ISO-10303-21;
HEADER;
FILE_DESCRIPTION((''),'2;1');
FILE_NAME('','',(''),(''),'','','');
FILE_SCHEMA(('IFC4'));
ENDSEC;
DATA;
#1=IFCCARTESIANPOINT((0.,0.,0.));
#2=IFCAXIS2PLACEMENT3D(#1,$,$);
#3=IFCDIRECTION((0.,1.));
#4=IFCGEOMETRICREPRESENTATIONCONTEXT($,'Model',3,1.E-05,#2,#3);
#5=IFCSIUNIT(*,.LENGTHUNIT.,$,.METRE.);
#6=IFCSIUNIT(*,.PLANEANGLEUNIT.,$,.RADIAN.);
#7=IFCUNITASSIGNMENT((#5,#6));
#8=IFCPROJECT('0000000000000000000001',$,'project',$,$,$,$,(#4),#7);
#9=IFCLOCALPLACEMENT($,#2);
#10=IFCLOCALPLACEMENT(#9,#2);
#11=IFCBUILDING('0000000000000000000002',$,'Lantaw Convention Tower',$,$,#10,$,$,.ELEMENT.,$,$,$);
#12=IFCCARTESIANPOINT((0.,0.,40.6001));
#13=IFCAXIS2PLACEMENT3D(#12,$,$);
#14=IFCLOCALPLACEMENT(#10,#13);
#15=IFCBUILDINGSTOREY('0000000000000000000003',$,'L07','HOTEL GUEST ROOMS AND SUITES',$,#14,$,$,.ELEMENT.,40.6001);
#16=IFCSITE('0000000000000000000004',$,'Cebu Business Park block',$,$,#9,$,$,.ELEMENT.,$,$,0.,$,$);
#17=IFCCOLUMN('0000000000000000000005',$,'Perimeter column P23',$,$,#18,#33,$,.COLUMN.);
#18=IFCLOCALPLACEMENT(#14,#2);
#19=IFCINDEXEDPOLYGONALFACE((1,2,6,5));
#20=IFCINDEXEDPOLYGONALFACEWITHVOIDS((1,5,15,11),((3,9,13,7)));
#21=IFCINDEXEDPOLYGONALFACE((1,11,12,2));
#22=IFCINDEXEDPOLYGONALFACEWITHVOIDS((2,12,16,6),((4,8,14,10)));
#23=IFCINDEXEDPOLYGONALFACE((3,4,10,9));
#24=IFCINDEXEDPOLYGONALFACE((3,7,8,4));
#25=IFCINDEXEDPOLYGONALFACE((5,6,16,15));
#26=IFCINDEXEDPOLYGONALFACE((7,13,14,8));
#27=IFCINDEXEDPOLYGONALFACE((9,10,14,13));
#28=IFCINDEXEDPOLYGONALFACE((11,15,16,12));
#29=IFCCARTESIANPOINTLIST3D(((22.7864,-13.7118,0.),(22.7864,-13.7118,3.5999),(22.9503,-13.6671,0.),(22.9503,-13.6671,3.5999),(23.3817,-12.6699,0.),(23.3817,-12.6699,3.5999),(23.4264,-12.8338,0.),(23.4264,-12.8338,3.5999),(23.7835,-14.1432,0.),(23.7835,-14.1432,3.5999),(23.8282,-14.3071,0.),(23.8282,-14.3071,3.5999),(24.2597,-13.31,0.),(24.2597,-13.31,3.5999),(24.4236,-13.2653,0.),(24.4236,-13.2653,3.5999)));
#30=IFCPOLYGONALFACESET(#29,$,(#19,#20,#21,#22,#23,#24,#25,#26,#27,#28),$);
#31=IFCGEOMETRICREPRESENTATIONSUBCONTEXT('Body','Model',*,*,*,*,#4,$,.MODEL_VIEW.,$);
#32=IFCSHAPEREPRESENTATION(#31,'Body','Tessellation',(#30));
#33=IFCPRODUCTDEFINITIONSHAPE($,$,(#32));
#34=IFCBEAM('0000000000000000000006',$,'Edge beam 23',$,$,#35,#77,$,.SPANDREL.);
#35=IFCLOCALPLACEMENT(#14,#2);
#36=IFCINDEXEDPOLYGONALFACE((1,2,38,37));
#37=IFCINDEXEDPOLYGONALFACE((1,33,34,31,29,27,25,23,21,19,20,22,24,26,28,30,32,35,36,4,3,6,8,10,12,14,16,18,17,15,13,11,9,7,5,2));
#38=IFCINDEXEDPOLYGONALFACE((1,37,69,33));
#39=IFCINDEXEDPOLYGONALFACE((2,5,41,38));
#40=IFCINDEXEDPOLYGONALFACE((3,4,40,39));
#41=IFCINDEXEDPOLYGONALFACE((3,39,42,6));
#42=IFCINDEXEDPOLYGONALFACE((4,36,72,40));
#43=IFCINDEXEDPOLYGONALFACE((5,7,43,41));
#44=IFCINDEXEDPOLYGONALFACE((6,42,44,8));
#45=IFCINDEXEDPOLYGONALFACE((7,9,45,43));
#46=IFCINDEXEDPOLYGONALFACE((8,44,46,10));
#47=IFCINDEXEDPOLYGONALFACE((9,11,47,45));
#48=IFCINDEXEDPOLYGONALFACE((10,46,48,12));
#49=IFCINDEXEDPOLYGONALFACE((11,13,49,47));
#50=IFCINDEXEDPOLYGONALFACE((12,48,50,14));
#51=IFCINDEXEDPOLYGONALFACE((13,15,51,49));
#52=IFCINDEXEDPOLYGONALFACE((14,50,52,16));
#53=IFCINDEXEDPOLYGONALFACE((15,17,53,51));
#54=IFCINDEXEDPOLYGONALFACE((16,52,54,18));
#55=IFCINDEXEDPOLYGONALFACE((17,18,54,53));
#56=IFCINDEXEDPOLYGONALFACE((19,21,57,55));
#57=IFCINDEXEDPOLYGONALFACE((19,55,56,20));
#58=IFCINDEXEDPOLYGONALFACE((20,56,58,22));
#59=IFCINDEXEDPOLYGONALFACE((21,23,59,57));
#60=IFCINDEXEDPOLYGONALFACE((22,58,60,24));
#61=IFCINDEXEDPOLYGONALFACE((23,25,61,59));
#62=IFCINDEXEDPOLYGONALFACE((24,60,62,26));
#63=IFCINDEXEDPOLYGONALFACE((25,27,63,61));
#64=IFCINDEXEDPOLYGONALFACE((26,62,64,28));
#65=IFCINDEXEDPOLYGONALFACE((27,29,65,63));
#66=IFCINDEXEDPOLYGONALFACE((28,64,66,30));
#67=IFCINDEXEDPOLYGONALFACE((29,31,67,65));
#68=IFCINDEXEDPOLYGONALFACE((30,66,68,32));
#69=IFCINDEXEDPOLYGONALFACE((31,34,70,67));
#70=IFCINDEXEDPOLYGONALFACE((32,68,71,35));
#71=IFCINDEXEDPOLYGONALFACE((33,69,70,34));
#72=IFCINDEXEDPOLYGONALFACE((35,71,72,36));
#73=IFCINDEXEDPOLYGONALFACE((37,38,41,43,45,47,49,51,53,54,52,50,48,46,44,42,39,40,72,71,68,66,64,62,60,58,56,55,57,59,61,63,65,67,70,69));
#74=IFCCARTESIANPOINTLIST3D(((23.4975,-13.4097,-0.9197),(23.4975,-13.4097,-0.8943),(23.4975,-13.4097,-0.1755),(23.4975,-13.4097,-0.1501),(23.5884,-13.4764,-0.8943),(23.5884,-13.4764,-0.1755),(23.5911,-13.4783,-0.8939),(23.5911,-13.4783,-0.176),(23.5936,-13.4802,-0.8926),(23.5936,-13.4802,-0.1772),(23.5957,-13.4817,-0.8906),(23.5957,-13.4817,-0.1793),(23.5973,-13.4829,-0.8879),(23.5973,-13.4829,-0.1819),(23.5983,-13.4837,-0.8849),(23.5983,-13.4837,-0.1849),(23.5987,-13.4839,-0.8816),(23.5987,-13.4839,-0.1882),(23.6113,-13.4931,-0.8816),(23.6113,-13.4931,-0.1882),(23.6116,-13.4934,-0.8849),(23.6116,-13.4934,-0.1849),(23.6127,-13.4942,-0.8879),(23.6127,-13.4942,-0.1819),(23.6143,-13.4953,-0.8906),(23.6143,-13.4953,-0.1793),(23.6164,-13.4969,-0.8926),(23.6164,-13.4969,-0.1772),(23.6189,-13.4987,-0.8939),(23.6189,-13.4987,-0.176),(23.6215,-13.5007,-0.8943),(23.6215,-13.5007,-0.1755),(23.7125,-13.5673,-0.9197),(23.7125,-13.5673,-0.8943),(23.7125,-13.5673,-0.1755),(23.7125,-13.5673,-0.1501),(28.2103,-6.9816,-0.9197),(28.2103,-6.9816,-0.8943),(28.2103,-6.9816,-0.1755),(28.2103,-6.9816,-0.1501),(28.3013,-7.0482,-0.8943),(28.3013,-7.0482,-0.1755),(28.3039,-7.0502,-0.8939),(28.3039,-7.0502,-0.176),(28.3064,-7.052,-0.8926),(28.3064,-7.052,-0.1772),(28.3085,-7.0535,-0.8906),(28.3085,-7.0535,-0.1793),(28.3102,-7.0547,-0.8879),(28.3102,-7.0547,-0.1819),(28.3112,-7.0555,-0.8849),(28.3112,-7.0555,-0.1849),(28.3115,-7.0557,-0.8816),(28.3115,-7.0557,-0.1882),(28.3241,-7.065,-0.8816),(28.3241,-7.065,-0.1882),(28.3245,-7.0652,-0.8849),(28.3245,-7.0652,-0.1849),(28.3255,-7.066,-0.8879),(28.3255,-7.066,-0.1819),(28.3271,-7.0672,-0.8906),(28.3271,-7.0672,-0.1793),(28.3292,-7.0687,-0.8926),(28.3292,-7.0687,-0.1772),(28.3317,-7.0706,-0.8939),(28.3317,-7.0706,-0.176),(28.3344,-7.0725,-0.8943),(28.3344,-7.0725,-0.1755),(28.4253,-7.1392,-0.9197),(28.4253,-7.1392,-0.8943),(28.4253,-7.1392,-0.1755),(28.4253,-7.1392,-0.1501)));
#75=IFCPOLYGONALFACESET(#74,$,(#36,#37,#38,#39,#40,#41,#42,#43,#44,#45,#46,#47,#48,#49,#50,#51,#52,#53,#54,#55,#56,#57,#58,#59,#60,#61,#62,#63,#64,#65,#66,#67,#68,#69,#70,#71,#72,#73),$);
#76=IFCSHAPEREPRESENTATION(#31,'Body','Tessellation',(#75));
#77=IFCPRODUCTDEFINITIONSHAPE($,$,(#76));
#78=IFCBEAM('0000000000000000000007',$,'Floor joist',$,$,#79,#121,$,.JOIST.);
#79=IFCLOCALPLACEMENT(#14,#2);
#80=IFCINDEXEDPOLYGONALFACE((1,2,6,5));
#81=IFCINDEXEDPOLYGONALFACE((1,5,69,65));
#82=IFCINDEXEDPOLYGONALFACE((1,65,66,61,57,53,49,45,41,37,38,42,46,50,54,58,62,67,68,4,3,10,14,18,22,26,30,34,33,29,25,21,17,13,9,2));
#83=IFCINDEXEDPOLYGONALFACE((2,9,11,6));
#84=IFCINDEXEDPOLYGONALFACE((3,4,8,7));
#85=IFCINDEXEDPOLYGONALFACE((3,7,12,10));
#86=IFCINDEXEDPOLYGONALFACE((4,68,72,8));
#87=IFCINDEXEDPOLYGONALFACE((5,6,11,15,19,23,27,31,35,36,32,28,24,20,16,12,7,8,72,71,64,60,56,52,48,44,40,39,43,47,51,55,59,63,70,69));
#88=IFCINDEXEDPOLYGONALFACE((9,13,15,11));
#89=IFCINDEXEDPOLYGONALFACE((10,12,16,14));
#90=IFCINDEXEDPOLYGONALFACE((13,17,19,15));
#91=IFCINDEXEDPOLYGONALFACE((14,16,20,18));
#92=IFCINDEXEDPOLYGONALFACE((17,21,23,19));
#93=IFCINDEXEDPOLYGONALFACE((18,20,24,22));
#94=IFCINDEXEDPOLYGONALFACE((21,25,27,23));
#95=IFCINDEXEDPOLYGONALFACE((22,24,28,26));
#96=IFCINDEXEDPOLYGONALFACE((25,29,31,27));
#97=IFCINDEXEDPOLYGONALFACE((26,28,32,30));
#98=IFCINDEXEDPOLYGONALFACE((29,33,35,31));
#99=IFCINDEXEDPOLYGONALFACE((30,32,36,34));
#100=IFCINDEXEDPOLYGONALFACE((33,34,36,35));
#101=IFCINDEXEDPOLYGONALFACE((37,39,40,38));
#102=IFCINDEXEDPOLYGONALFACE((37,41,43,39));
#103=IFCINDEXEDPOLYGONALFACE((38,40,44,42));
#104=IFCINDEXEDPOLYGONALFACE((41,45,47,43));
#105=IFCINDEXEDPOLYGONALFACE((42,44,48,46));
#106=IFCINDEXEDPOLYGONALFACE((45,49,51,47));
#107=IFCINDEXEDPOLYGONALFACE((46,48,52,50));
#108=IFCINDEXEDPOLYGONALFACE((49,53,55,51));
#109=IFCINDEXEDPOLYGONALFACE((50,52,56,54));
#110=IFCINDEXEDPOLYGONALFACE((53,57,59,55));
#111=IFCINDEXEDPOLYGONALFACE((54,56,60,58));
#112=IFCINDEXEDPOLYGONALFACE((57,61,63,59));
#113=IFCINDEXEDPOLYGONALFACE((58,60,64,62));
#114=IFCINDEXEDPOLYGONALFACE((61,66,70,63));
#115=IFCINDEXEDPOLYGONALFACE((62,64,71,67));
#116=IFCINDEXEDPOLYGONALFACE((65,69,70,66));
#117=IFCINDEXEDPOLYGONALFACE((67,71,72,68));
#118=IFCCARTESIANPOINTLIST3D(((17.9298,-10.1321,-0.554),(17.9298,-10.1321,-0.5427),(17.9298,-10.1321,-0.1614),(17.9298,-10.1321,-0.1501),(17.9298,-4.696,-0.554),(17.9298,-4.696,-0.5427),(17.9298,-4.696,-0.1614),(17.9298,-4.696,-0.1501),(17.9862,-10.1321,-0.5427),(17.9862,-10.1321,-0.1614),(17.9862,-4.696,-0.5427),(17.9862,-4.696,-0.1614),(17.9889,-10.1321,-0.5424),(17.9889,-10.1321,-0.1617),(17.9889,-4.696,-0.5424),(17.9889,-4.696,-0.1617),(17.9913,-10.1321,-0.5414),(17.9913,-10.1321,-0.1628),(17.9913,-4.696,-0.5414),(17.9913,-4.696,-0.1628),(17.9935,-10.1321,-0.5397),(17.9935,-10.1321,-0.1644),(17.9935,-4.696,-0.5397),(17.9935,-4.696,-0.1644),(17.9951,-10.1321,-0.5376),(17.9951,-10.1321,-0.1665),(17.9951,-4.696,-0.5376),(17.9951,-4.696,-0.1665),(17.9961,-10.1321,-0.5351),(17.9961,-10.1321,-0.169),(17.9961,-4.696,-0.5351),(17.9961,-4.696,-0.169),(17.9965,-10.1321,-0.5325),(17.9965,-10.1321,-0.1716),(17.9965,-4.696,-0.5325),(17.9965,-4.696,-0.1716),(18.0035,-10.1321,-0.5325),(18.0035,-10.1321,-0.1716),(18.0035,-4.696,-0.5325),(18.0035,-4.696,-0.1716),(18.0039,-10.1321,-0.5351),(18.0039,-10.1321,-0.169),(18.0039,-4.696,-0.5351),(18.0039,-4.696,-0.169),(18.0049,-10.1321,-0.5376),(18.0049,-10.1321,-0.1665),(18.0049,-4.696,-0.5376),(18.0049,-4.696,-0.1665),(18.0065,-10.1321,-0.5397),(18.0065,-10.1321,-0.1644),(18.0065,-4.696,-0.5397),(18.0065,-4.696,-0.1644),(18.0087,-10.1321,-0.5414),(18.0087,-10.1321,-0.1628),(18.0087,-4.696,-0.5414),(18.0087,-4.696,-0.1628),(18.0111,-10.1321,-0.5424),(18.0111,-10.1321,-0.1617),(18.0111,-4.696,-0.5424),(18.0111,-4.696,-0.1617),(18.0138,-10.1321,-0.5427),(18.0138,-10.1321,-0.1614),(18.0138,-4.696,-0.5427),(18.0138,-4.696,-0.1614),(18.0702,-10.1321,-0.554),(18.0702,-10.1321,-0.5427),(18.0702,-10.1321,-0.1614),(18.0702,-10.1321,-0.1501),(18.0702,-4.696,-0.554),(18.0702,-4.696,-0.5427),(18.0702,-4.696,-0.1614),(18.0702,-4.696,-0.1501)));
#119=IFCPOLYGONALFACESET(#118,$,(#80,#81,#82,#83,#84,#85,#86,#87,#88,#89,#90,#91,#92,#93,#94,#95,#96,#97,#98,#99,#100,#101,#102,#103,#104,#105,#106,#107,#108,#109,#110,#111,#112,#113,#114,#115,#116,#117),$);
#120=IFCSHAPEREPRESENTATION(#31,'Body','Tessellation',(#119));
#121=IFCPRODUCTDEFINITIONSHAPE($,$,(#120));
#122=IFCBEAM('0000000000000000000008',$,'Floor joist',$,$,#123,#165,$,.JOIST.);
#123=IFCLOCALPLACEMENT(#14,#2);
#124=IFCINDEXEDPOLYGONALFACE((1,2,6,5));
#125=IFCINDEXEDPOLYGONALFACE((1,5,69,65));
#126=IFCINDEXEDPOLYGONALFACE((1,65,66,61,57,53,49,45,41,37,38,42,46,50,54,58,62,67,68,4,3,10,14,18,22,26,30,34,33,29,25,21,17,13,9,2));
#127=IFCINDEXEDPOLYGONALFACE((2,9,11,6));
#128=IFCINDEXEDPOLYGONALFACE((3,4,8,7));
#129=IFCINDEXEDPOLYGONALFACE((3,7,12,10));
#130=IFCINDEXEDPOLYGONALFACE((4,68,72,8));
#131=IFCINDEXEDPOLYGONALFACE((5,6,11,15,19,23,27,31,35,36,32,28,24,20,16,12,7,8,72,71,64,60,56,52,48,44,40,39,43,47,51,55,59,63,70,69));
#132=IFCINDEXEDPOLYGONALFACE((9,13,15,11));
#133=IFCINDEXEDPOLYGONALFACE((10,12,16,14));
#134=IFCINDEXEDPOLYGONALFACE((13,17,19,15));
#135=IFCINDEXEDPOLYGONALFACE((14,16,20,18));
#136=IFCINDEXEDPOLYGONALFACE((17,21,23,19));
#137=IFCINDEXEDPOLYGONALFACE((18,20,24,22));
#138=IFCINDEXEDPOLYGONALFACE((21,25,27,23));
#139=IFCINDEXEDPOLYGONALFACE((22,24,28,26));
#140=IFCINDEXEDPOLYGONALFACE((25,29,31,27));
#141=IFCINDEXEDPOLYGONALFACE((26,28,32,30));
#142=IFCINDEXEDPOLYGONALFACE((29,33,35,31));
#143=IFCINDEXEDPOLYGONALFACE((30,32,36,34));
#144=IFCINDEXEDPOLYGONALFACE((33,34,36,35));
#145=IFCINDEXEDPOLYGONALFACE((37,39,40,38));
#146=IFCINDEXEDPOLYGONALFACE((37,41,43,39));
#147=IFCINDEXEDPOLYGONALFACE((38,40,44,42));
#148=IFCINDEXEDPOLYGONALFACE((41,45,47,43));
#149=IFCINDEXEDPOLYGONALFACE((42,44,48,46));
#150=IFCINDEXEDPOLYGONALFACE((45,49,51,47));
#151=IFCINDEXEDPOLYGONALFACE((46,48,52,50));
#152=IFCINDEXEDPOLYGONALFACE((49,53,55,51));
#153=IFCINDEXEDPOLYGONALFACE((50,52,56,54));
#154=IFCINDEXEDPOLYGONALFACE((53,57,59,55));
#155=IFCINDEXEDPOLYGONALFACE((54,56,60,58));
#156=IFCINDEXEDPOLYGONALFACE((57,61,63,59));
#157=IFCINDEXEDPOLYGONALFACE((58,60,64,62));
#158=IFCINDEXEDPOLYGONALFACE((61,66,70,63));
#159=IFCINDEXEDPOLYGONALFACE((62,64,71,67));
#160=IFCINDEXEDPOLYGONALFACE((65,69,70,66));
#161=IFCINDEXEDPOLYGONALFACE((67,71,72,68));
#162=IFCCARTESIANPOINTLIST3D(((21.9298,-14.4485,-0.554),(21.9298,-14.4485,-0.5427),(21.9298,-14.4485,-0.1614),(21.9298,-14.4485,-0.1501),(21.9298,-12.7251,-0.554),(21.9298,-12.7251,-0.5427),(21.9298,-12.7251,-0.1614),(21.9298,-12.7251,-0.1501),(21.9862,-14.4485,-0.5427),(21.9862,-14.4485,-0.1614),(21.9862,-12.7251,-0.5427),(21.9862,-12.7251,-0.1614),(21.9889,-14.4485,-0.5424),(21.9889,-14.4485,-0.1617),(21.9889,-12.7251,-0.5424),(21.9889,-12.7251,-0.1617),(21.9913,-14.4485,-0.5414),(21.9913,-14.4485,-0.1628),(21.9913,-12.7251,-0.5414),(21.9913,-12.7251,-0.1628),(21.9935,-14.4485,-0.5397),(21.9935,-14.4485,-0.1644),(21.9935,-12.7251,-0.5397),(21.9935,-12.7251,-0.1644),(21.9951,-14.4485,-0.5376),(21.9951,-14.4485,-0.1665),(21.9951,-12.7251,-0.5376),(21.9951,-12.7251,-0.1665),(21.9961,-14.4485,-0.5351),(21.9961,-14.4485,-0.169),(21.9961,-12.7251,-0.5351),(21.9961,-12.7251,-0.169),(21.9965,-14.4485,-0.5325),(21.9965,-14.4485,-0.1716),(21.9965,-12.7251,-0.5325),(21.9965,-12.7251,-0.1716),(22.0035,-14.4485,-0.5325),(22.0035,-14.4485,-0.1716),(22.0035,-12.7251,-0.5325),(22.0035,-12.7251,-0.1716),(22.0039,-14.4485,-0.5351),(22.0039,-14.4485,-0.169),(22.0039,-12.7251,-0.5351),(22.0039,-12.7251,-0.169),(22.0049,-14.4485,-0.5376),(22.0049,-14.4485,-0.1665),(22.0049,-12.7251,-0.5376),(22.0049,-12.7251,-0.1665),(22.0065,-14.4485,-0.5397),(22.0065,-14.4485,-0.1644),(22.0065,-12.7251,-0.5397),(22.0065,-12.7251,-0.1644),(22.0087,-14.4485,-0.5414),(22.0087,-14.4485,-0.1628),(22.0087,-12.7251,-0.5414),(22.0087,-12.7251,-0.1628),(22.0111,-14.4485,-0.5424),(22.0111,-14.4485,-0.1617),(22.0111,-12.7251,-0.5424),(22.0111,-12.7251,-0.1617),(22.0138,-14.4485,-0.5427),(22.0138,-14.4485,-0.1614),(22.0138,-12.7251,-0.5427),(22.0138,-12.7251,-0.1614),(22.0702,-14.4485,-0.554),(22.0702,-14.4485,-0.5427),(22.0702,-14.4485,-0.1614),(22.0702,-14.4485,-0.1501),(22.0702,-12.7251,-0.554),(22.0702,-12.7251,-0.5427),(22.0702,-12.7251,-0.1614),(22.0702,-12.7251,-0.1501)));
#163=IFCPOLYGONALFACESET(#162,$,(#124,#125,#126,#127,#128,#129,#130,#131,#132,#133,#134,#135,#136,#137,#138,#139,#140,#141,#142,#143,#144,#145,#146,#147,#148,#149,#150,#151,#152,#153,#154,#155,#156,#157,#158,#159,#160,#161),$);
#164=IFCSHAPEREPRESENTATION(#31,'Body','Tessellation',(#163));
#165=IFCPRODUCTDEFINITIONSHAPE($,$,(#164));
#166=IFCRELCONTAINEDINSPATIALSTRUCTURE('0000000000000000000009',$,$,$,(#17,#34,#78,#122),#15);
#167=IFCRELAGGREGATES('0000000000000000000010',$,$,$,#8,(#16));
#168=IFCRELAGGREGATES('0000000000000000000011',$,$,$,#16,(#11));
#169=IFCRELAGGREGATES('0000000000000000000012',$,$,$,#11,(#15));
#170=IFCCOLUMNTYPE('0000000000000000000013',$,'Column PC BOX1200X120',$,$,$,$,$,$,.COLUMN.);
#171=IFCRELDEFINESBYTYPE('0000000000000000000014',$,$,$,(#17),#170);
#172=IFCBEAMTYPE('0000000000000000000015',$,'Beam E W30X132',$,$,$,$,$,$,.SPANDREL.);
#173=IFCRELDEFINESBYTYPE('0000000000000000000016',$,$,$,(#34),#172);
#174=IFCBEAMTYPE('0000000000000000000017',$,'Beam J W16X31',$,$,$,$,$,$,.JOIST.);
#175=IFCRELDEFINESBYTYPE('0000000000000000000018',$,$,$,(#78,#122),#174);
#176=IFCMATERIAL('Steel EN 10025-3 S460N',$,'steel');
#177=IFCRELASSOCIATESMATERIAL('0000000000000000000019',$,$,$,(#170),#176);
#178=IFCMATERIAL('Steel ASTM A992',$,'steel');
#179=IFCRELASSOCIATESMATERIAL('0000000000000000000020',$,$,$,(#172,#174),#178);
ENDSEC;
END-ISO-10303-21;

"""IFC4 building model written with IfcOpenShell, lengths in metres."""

from ifc_helpers import new_model, si_unit, direction, frame, origin, origin_2d, place, context, subcontext, project, spatial, rectangle, hollow_rectangle, i_section, extrude, material, material_profile, profile_set, type_object, element, save


model = new_model("IFC4")

# Units and contexts
model_context = context("Model", 3, precision=1e-05, world=origin(), true_north=direction((0.0, 1.0)))
body_context = subcontext(model_context, "Body", "Model", "MODEL_VIEW")
ifc_project = project(units=[si_unit("LENGTHUNIT", "METRE"), si_unit("PLANEANGLEUNIT", "RADIAN")], contexts=[model_context])

# Site, building, storey
site_placement = place(None, origin())
site = spatial("IfcSite", under=ifc_project, at=site_placement, Name="Cebu Business Park block", CompositionType="ELEMENT", RefElevation=0.0)
building_placement = place(site_placement, origin())
building = spatial("IfcBuilding", under=site, at=building_placement, Name="Lantaw Convention Tower", CompositionType="ELEMENT")
storey_placement = place(building_placement, frame((0.0, 0.0, 40.6001)))
storey = spatial("IfcBuildingStorey", under=building, at=storey_placement, Name="L07", Description="HOTEL GUEST ROOMS AND SUITES", CompositionType="ELEMENT", Elevation=40.6001)

# Column
ifc_material_1 = material(Name="Steel EN 10025-3 S460N", Category="steel")
ifc_material_profile_1 = material_profile(ifc_material_1, hollow_rectangle(XDim=1.2, YDim=1.2, WallThickness=0.1201, at=origin_2d()), Name="BOX1200X120")
ifc_material_2 = material(Name="Concrete C60/75", Category="concrete")
ifc_material_profile_2 = material_profile(ifc_material_2, rectangle(XDim=0.96, YDim=0.96, at=origin_2d()), Name="Concrete fill of BOX1200X120")
ifc_profile_set_1 = profile_set([ifc_material_profile_1, ifc_material_profile_2], Name="Steel EN 10025-3 S460N")
column_type = type_object("IfcColumnType", Name="Column PC BOX1200X120", PredefinedType="COLUMN", material=ifc_profile_set_1)
column_placement = place(storey_placement, frame((23.605, -13.4885, 0.0), z_axis=(0.0, 0.0, 1.0), x_axis=(0.496139, 0.868243, 0.0)))
element("IfcColumn", 1, at=column_placement, inside=storey, type_object=column_type, Name="Perimeter column P23", PredefinedType="COLUMN", context=body_context, shape_type="SweptSolid", body=[
    extrude(hollow_rectangle(XDim=1.2, YDim=1.2, WallThickness=0.1201, at=origin_2d()), origin(), (0.0, 0.0, 1.0), 3.5999),
])

# Beams
ifc_material_3 = material(Name="Steel ASTM A992", Category="steel")
ifc_material_profile_3 = material_profile(ifc_material_3, i_section(OverallWidth=0.2666, OverallDepth=0.7695, WebThickness=0.0156, FlangeThickness=0.0254, FilletRadius=0.0127, at=origin_2d()), Name="W30X132")
ifc_profile_set_2 = profile_set([ifc_material_profile_3], Name="Steel ASTM A992")
beam_type_1 = type_object("IfcBeamType", Name="Beam E W30X132", PredefinedType="SPANDREL", material=ifc_profile_set_2)
beam_1_placement = place(storey_placement, frame((23.605, -13.4885, -0.5349), z_axis=(0.591271, 0.806473, 0.0), x_axis=(-0.806473, 0.591271, 0.0)))
element("IfcBeam", 2, at=beam_1_placement, inside=storey, type_object=beam_type_1, Name="Edge beam 23", PredefinedType="SPANDREL", context=body_context, shape_type="SweptSolid", body=[
    extrude(i_section(OverallWidth=0.2666, OverallDepth=0.7695, WebThickness=0.0156, FlangeThickness=0.0254, FilletRadius=0.0127, at=origin_2d()), origin(), (0.0, 0.0, 1.0), 7.9707),
])
ifc_material_profile_4 = material_profile(ifc_material_3, i_section(OverallWidth=0.1404, OverallDepth=0.4038, WebThickness=0.0071, FlangeThickness=0.0112, FilletRadius=0.0103, at=origin_2d()), Name="W16X31")
ifc_profile_set_3 = profile_set([ifc_material_profile_4], Name="Steel ASTM A992")
beam_type_2 = type_object("IfcBeamType", Name="Beam J W16X31", PredefinedType="JOIST", material=ifc_profile_set_3)
beam_2_placement = place(storey_placement, frame((18.0, -10.1321, -0.3521), z_axis=(0.0, 1.0, 0.0), x_axis=(-1.0, 0.0, 0.0)))
element("IfcBeam", 3, at=beam_2_placement, inside=storey, type_object=beam_type_2, Name="Floor joist", PredefinedType="JOIST", context=body_context, shape_type="SweptSolid", body=[
    extrude(i_section(OverallWidth=0.1404, OverallDepth=0.4038, WebThickness=0.0071, FlangeThickness=0.0112, FilletRadius=0.0103, at=origin_2d()), origin(), (0.0, 0.0, 1.0), 5.436),
])
beam_3_placement = place(storey_placement, frame((22.0, -14.4485, -0.3521), z_axis=(0.0, 1.0, 0.0), x_axis=(-1.0, 0.0, 0.0)))
element("IfcBeam", 4, at=beam_3_placement, inside=storey, type_object=beam_type_2, Name="Floor joist", PredefinedType="JOIST", context=body_context, shape_type="SweptSolid", body=[
    extrude(i_section(OverallWidth=0.1404, OverallDepth=0.4038, WebThickness=0.0071, FlangeThickness=0.0112, FilletRadius=0.0103, at=origin_2d()), origin(), (0.0, 0.0, 1.0), 1.7234),
])

save(model, "model.ifc")
